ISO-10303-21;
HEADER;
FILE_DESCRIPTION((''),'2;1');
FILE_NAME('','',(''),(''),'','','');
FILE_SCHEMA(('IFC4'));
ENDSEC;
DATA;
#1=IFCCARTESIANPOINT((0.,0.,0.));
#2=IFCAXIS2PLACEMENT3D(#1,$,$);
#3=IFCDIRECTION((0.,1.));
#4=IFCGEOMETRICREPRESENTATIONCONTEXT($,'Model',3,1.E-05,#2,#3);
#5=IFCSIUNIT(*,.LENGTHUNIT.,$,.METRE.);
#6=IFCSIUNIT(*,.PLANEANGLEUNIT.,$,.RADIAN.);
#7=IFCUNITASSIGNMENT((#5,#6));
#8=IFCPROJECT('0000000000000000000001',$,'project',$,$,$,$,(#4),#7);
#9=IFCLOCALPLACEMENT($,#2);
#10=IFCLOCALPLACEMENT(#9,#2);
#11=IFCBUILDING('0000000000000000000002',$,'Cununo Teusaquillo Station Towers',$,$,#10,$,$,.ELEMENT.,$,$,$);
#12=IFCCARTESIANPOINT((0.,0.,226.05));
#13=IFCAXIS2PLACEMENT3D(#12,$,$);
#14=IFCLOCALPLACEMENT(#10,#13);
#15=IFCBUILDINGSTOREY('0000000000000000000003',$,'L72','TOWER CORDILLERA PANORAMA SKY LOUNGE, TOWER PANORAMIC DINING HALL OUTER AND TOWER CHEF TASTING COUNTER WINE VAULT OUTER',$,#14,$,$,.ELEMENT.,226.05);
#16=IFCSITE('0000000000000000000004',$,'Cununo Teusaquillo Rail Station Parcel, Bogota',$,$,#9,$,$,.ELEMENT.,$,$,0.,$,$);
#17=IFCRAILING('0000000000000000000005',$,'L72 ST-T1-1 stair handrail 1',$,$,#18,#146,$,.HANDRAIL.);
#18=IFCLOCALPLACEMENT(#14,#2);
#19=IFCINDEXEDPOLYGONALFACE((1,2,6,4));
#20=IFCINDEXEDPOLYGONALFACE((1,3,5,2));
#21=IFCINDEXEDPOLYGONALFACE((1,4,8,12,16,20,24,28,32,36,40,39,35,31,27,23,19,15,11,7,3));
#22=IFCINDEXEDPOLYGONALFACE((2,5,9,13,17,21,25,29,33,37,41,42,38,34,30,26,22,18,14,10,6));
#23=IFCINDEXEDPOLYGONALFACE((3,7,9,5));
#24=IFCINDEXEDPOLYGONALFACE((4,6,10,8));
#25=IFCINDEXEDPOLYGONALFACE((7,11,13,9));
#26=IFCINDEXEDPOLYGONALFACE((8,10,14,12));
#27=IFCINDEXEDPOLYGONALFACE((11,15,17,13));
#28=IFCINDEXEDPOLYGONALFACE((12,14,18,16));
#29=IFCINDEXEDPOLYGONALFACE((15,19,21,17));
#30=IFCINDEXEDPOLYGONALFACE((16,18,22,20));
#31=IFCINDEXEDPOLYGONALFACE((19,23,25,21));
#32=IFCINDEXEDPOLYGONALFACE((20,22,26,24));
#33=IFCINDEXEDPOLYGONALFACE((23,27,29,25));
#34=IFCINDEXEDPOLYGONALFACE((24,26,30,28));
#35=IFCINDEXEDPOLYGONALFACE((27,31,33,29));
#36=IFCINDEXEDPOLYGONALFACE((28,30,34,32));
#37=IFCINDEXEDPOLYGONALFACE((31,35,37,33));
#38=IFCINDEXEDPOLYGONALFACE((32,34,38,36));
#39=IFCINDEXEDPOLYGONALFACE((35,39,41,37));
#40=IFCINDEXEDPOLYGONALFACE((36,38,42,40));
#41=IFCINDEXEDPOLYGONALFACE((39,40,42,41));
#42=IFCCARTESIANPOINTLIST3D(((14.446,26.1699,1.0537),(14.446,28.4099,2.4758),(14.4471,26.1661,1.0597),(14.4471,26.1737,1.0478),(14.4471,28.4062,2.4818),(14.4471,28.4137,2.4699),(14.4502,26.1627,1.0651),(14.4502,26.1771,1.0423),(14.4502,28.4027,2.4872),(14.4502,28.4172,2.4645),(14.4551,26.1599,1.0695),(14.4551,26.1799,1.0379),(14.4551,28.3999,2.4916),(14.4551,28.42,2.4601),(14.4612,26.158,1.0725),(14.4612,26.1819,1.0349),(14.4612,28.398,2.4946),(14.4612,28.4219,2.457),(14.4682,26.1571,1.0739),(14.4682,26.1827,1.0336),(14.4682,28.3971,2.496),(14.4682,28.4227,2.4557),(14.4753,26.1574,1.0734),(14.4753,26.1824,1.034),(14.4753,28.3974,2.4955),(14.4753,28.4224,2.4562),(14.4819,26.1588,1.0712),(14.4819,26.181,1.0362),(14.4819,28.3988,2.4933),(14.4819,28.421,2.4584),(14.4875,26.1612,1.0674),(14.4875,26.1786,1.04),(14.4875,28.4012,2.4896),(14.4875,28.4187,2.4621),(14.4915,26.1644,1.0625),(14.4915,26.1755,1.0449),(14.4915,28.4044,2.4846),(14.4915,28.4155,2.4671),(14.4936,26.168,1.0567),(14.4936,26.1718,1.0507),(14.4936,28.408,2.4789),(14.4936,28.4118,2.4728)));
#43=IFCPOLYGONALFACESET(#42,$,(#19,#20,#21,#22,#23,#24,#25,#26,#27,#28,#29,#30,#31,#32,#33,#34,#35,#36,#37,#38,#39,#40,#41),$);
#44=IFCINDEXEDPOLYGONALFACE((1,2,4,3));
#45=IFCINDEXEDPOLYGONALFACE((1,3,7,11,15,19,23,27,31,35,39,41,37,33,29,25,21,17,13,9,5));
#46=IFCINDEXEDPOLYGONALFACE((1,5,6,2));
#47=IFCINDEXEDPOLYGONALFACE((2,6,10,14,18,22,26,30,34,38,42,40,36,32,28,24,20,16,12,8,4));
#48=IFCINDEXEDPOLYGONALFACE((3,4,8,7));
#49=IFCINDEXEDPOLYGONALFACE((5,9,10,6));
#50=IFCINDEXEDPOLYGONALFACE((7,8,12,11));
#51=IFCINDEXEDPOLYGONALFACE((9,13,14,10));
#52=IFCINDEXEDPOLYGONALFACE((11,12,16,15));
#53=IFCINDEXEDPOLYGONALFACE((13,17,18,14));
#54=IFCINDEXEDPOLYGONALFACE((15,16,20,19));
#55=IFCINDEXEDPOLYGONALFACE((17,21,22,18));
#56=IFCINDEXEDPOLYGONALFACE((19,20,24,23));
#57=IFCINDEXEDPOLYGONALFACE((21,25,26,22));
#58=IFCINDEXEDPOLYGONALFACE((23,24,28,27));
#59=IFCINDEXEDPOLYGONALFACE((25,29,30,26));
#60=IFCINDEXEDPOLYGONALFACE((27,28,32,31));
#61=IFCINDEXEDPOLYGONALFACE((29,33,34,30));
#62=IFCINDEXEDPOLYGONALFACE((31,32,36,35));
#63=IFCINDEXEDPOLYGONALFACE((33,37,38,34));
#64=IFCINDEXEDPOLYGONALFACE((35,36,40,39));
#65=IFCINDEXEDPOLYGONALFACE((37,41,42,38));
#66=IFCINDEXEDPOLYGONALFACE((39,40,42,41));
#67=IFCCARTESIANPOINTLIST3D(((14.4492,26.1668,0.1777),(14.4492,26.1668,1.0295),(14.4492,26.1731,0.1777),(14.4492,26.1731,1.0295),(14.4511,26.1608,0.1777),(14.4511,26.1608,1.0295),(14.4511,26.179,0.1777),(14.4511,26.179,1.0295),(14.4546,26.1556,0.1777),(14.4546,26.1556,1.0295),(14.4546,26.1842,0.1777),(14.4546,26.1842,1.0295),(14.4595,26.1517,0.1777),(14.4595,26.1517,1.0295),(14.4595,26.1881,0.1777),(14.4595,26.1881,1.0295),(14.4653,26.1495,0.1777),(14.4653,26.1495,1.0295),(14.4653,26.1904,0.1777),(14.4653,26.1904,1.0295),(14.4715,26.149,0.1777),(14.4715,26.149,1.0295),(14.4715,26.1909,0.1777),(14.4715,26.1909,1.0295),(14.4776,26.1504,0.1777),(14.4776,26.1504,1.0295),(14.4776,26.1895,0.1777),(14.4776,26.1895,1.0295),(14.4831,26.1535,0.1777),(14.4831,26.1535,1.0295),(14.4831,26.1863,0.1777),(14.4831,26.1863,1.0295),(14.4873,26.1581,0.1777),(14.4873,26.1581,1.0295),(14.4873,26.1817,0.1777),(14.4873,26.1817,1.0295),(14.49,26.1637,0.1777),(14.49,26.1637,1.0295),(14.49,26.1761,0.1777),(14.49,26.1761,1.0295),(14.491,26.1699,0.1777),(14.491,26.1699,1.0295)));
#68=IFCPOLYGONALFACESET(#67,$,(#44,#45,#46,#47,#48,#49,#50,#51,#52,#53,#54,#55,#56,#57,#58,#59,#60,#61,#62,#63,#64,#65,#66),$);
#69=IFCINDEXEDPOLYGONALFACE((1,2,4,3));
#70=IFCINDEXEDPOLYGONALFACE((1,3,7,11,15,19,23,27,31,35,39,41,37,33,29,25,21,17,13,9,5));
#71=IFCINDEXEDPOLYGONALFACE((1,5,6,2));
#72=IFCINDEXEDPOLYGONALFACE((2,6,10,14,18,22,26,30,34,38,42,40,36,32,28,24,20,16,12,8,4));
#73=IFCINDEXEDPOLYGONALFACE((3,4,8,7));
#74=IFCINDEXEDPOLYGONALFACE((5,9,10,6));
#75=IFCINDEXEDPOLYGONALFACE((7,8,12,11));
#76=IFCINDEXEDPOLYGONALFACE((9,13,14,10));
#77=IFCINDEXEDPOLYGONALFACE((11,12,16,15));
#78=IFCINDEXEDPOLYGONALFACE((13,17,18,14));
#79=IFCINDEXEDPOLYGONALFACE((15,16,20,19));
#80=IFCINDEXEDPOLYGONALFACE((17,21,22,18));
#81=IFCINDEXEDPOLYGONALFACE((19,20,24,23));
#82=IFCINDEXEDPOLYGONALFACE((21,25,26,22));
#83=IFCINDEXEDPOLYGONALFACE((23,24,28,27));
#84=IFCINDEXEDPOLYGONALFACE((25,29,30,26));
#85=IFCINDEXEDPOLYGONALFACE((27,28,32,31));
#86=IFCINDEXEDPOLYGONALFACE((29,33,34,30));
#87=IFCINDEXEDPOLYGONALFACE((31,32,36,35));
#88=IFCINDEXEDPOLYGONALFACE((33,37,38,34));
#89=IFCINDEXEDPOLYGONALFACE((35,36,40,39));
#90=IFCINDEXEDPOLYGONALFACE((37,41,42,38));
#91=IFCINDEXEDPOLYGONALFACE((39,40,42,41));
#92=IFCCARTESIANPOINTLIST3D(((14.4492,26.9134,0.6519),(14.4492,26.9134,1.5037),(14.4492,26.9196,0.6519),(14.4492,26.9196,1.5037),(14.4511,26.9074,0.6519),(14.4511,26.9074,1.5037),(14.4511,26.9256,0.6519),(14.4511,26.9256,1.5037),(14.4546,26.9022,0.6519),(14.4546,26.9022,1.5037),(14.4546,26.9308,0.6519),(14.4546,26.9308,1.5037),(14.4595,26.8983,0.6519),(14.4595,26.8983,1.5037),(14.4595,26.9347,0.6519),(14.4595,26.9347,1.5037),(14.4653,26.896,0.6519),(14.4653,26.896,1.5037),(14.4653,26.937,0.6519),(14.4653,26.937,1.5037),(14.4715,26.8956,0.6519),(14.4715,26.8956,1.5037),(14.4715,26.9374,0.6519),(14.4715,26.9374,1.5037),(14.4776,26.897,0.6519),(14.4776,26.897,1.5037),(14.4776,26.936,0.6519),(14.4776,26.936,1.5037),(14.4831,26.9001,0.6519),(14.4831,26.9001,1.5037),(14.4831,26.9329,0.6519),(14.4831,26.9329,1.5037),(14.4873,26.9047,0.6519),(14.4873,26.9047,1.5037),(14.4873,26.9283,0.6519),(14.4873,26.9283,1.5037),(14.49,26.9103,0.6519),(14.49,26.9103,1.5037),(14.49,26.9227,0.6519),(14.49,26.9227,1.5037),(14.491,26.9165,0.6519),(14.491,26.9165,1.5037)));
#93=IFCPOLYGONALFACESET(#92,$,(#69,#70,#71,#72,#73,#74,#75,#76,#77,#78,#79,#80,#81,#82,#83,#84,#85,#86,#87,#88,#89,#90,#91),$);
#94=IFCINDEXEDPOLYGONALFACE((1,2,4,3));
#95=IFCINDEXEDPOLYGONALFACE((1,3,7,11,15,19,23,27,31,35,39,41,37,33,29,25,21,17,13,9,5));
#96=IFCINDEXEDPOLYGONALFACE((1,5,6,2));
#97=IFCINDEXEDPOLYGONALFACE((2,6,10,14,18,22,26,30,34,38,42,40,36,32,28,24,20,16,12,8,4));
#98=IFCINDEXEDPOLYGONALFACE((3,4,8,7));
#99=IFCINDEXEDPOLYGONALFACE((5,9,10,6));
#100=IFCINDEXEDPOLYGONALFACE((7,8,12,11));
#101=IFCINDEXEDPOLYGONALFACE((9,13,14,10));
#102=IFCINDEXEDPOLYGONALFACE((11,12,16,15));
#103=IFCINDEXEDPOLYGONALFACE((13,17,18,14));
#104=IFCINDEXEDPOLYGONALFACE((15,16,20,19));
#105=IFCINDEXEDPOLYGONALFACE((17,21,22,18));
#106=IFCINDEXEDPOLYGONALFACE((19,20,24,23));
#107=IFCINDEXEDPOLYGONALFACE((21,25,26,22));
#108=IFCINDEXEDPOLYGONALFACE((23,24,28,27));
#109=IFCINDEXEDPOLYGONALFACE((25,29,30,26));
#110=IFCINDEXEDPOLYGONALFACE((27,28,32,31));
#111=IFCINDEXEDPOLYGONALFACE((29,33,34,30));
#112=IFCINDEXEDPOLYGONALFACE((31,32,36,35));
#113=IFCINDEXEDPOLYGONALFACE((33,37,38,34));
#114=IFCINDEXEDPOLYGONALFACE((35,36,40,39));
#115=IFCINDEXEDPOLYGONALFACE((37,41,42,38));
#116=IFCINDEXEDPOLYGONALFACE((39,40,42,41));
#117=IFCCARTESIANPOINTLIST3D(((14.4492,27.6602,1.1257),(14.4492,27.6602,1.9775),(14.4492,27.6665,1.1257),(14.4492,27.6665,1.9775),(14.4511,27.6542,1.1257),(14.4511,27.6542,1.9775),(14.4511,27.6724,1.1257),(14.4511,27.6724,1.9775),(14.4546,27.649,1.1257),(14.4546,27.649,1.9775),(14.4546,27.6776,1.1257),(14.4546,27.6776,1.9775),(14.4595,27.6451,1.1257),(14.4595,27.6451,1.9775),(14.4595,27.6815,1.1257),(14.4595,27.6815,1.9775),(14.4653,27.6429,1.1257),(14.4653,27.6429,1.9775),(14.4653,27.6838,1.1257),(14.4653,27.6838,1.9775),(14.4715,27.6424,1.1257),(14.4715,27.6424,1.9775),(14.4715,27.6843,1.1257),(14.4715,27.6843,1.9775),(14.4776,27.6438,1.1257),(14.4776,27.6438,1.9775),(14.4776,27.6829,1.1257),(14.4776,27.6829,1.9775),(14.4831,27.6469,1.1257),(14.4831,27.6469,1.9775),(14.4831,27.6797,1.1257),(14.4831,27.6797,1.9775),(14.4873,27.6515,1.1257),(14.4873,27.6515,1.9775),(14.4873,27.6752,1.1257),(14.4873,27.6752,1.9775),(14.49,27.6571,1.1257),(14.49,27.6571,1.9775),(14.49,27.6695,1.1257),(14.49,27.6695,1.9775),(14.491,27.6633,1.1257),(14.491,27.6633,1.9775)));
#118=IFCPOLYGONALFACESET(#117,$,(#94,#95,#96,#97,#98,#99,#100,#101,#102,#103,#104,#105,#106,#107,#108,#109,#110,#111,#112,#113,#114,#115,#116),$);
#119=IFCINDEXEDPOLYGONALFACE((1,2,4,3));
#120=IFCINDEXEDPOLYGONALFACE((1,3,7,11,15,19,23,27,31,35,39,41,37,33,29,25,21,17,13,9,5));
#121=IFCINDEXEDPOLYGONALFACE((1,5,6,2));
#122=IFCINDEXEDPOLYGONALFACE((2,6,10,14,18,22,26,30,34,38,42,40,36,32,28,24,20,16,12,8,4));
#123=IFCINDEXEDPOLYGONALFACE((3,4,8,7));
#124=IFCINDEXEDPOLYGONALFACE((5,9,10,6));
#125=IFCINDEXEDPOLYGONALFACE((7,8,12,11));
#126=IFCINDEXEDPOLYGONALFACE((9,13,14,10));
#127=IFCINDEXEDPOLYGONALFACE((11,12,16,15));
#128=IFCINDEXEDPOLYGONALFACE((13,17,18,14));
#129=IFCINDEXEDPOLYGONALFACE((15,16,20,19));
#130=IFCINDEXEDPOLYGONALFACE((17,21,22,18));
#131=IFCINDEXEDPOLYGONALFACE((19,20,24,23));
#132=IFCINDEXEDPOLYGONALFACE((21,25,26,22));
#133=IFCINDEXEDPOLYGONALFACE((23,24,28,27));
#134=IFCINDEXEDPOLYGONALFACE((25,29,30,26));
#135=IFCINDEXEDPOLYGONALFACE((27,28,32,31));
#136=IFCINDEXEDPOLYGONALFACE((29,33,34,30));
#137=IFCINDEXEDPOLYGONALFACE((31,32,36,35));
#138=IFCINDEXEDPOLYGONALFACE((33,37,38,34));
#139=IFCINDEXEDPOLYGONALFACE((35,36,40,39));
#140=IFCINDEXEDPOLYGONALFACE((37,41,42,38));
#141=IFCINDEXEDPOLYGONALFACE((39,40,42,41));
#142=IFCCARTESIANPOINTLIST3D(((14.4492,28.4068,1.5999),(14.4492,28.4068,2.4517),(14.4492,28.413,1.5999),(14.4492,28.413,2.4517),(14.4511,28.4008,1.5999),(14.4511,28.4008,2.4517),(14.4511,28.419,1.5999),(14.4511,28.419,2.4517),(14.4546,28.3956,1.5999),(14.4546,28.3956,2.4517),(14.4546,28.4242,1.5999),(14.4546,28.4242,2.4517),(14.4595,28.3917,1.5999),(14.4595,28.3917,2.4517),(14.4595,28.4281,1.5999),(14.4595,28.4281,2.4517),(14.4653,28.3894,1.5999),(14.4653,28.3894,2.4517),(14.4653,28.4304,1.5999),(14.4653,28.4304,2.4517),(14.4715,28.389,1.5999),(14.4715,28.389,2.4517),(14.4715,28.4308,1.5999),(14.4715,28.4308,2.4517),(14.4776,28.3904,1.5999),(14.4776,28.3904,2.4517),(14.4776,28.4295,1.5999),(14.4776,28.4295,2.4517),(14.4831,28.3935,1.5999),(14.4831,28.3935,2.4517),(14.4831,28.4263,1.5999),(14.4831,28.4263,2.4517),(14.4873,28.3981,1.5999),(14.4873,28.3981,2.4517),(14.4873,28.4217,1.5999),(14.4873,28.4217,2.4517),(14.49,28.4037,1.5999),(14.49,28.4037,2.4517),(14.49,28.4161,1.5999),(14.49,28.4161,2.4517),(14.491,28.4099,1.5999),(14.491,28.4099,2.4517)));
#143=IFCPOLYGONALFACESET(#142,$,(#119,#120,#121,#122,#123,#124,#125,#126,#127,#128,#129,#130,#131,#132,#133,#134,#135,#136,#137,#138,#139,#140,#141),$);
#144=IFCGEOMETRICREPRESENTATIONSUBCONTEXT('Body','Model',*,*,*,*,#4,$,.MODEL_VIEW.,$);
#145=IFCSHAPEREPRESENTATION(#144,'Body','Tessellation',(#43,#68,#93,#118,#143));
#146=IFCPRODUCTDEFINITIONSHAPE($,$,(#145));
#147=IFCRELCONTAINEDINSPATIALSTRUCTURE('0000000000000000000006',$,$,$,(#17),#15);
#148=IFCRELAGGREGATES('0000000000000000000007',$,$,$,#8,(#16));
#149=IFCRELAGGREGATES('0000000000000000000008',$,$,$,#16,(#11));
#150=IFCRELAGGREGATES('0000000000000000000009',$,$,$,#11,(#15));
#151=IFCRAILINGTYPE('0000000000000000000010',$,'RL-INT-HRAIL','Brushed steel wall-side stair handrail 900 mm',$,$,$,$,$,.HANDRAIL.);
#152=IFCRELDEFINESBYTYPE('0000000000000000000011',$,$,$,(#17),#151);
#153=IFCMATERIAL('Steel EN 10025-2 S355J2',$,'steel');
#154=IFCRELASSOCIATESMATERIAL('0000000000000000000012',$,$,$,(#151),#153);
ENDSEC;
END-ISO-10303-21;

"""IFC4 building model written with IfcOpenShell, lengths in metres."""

from ifc_helpers import new_model, si_unit, direction, frame, origin, origin_2d, place, context, subcontext, project, spatial, circle, extrude, material, type_object, element, save


model = new_model("IFC4")

# Units and contexts
model_context = context("Model", 3, precision=1e-05, world=origin(), true_north=direction((0.0, 1.0)))
body_context = subcontext(model_context, "Body", "Model", "MODEL_VIEW")
ifc_project = project(units=[si_unit("LENGTHUNIT", "METRE"), si_unit("PLANEANGLEUNIT", "RADIAN")], contexts=[model_context])

# Site, building, storey
site_placement = place(None, origin())
site = spatial("IfcSite", under=ifc_project, at=site_placement, Name="Cununo Teusaquillo Rail Station Parcel, Bogota", CompositionType="ELEMENT", RefElevation=0.0)
building_placement = place(site_placement, origin())
building = spatial("IfcBuilding", under=site, at=building_placement, Name="Cununo Teusaquillo Station Towers", CompositionType="ELEMENT")
storey_placement = place(building_placement, frame((0.0, 0.0, 226.05)))
storey = spatial("IfcBuildingStorey", under=building, at=storey_placement, Name="L72", Description="TOWER CORDILLERA PANORAMA SKY LOUNGE, TOWER PANORAMIC DINING HALL OUTER AND TOWER CHEF TASTING COUNTER WINE VAULT OUTER", CompositionType="ELEMENT", Elevation=226.05)

# Railing
ifc_material_1 = material(Name="Steel EN 10025-2 S355J2", Category="steel")
railing_type_1 = type_object("IfcRailingType", Name="RL-INT-HRAIL", Description="Brushed steel wall-side stair handrail 900 mm", PredefinedType="HANDRAIL", material=ifc_material_1)
railing_1_placement = place(storey_placement, frame((14.47, 26.1699, 0.1777)))
element("IfcRailing", 1, at=railing_1_placement, inside=storey, type_object=railing_type_1, Name="L72 ST-T1-1 stair handrail 1", PredefinedType="HANDRAIL", context=body_context, shape_type="SweptSolid", body=[
    extrude(circle(Radius=0.0239, at=origin_2d()), frame((0.0, 0.0, 0.876), z_axis=(0.0, 0.844229, 0.535982), x_axis=(-1.0, 0.0, 0.0)), (0.0, 0.0, 1.0), 2.6533),
    extrude(circle(Radius=0.021, at=origin_2d()), origin(), (0.0, 0.0, 1.0), 0.8518),
    extrude(circle(Radius=0.021, at=origin_2d()), frame((0.0, 0.7466, 0.4741)), (0.0, 0.0, 1.0), 0.8518),
    extrude(circle(Radius=0.021, at=origin_2d()), frame((0.0, 1.4934, 0.948)), (0.0, 0.0, 1.0), 0.8518),
    extrude(circle(Radius=0.021, at=origin_2d()), frame((0.0, 2.24, 1.4221)), (0.0, 0.0, 1.0), 0.8518),
])

save(model, "model.ifc")
